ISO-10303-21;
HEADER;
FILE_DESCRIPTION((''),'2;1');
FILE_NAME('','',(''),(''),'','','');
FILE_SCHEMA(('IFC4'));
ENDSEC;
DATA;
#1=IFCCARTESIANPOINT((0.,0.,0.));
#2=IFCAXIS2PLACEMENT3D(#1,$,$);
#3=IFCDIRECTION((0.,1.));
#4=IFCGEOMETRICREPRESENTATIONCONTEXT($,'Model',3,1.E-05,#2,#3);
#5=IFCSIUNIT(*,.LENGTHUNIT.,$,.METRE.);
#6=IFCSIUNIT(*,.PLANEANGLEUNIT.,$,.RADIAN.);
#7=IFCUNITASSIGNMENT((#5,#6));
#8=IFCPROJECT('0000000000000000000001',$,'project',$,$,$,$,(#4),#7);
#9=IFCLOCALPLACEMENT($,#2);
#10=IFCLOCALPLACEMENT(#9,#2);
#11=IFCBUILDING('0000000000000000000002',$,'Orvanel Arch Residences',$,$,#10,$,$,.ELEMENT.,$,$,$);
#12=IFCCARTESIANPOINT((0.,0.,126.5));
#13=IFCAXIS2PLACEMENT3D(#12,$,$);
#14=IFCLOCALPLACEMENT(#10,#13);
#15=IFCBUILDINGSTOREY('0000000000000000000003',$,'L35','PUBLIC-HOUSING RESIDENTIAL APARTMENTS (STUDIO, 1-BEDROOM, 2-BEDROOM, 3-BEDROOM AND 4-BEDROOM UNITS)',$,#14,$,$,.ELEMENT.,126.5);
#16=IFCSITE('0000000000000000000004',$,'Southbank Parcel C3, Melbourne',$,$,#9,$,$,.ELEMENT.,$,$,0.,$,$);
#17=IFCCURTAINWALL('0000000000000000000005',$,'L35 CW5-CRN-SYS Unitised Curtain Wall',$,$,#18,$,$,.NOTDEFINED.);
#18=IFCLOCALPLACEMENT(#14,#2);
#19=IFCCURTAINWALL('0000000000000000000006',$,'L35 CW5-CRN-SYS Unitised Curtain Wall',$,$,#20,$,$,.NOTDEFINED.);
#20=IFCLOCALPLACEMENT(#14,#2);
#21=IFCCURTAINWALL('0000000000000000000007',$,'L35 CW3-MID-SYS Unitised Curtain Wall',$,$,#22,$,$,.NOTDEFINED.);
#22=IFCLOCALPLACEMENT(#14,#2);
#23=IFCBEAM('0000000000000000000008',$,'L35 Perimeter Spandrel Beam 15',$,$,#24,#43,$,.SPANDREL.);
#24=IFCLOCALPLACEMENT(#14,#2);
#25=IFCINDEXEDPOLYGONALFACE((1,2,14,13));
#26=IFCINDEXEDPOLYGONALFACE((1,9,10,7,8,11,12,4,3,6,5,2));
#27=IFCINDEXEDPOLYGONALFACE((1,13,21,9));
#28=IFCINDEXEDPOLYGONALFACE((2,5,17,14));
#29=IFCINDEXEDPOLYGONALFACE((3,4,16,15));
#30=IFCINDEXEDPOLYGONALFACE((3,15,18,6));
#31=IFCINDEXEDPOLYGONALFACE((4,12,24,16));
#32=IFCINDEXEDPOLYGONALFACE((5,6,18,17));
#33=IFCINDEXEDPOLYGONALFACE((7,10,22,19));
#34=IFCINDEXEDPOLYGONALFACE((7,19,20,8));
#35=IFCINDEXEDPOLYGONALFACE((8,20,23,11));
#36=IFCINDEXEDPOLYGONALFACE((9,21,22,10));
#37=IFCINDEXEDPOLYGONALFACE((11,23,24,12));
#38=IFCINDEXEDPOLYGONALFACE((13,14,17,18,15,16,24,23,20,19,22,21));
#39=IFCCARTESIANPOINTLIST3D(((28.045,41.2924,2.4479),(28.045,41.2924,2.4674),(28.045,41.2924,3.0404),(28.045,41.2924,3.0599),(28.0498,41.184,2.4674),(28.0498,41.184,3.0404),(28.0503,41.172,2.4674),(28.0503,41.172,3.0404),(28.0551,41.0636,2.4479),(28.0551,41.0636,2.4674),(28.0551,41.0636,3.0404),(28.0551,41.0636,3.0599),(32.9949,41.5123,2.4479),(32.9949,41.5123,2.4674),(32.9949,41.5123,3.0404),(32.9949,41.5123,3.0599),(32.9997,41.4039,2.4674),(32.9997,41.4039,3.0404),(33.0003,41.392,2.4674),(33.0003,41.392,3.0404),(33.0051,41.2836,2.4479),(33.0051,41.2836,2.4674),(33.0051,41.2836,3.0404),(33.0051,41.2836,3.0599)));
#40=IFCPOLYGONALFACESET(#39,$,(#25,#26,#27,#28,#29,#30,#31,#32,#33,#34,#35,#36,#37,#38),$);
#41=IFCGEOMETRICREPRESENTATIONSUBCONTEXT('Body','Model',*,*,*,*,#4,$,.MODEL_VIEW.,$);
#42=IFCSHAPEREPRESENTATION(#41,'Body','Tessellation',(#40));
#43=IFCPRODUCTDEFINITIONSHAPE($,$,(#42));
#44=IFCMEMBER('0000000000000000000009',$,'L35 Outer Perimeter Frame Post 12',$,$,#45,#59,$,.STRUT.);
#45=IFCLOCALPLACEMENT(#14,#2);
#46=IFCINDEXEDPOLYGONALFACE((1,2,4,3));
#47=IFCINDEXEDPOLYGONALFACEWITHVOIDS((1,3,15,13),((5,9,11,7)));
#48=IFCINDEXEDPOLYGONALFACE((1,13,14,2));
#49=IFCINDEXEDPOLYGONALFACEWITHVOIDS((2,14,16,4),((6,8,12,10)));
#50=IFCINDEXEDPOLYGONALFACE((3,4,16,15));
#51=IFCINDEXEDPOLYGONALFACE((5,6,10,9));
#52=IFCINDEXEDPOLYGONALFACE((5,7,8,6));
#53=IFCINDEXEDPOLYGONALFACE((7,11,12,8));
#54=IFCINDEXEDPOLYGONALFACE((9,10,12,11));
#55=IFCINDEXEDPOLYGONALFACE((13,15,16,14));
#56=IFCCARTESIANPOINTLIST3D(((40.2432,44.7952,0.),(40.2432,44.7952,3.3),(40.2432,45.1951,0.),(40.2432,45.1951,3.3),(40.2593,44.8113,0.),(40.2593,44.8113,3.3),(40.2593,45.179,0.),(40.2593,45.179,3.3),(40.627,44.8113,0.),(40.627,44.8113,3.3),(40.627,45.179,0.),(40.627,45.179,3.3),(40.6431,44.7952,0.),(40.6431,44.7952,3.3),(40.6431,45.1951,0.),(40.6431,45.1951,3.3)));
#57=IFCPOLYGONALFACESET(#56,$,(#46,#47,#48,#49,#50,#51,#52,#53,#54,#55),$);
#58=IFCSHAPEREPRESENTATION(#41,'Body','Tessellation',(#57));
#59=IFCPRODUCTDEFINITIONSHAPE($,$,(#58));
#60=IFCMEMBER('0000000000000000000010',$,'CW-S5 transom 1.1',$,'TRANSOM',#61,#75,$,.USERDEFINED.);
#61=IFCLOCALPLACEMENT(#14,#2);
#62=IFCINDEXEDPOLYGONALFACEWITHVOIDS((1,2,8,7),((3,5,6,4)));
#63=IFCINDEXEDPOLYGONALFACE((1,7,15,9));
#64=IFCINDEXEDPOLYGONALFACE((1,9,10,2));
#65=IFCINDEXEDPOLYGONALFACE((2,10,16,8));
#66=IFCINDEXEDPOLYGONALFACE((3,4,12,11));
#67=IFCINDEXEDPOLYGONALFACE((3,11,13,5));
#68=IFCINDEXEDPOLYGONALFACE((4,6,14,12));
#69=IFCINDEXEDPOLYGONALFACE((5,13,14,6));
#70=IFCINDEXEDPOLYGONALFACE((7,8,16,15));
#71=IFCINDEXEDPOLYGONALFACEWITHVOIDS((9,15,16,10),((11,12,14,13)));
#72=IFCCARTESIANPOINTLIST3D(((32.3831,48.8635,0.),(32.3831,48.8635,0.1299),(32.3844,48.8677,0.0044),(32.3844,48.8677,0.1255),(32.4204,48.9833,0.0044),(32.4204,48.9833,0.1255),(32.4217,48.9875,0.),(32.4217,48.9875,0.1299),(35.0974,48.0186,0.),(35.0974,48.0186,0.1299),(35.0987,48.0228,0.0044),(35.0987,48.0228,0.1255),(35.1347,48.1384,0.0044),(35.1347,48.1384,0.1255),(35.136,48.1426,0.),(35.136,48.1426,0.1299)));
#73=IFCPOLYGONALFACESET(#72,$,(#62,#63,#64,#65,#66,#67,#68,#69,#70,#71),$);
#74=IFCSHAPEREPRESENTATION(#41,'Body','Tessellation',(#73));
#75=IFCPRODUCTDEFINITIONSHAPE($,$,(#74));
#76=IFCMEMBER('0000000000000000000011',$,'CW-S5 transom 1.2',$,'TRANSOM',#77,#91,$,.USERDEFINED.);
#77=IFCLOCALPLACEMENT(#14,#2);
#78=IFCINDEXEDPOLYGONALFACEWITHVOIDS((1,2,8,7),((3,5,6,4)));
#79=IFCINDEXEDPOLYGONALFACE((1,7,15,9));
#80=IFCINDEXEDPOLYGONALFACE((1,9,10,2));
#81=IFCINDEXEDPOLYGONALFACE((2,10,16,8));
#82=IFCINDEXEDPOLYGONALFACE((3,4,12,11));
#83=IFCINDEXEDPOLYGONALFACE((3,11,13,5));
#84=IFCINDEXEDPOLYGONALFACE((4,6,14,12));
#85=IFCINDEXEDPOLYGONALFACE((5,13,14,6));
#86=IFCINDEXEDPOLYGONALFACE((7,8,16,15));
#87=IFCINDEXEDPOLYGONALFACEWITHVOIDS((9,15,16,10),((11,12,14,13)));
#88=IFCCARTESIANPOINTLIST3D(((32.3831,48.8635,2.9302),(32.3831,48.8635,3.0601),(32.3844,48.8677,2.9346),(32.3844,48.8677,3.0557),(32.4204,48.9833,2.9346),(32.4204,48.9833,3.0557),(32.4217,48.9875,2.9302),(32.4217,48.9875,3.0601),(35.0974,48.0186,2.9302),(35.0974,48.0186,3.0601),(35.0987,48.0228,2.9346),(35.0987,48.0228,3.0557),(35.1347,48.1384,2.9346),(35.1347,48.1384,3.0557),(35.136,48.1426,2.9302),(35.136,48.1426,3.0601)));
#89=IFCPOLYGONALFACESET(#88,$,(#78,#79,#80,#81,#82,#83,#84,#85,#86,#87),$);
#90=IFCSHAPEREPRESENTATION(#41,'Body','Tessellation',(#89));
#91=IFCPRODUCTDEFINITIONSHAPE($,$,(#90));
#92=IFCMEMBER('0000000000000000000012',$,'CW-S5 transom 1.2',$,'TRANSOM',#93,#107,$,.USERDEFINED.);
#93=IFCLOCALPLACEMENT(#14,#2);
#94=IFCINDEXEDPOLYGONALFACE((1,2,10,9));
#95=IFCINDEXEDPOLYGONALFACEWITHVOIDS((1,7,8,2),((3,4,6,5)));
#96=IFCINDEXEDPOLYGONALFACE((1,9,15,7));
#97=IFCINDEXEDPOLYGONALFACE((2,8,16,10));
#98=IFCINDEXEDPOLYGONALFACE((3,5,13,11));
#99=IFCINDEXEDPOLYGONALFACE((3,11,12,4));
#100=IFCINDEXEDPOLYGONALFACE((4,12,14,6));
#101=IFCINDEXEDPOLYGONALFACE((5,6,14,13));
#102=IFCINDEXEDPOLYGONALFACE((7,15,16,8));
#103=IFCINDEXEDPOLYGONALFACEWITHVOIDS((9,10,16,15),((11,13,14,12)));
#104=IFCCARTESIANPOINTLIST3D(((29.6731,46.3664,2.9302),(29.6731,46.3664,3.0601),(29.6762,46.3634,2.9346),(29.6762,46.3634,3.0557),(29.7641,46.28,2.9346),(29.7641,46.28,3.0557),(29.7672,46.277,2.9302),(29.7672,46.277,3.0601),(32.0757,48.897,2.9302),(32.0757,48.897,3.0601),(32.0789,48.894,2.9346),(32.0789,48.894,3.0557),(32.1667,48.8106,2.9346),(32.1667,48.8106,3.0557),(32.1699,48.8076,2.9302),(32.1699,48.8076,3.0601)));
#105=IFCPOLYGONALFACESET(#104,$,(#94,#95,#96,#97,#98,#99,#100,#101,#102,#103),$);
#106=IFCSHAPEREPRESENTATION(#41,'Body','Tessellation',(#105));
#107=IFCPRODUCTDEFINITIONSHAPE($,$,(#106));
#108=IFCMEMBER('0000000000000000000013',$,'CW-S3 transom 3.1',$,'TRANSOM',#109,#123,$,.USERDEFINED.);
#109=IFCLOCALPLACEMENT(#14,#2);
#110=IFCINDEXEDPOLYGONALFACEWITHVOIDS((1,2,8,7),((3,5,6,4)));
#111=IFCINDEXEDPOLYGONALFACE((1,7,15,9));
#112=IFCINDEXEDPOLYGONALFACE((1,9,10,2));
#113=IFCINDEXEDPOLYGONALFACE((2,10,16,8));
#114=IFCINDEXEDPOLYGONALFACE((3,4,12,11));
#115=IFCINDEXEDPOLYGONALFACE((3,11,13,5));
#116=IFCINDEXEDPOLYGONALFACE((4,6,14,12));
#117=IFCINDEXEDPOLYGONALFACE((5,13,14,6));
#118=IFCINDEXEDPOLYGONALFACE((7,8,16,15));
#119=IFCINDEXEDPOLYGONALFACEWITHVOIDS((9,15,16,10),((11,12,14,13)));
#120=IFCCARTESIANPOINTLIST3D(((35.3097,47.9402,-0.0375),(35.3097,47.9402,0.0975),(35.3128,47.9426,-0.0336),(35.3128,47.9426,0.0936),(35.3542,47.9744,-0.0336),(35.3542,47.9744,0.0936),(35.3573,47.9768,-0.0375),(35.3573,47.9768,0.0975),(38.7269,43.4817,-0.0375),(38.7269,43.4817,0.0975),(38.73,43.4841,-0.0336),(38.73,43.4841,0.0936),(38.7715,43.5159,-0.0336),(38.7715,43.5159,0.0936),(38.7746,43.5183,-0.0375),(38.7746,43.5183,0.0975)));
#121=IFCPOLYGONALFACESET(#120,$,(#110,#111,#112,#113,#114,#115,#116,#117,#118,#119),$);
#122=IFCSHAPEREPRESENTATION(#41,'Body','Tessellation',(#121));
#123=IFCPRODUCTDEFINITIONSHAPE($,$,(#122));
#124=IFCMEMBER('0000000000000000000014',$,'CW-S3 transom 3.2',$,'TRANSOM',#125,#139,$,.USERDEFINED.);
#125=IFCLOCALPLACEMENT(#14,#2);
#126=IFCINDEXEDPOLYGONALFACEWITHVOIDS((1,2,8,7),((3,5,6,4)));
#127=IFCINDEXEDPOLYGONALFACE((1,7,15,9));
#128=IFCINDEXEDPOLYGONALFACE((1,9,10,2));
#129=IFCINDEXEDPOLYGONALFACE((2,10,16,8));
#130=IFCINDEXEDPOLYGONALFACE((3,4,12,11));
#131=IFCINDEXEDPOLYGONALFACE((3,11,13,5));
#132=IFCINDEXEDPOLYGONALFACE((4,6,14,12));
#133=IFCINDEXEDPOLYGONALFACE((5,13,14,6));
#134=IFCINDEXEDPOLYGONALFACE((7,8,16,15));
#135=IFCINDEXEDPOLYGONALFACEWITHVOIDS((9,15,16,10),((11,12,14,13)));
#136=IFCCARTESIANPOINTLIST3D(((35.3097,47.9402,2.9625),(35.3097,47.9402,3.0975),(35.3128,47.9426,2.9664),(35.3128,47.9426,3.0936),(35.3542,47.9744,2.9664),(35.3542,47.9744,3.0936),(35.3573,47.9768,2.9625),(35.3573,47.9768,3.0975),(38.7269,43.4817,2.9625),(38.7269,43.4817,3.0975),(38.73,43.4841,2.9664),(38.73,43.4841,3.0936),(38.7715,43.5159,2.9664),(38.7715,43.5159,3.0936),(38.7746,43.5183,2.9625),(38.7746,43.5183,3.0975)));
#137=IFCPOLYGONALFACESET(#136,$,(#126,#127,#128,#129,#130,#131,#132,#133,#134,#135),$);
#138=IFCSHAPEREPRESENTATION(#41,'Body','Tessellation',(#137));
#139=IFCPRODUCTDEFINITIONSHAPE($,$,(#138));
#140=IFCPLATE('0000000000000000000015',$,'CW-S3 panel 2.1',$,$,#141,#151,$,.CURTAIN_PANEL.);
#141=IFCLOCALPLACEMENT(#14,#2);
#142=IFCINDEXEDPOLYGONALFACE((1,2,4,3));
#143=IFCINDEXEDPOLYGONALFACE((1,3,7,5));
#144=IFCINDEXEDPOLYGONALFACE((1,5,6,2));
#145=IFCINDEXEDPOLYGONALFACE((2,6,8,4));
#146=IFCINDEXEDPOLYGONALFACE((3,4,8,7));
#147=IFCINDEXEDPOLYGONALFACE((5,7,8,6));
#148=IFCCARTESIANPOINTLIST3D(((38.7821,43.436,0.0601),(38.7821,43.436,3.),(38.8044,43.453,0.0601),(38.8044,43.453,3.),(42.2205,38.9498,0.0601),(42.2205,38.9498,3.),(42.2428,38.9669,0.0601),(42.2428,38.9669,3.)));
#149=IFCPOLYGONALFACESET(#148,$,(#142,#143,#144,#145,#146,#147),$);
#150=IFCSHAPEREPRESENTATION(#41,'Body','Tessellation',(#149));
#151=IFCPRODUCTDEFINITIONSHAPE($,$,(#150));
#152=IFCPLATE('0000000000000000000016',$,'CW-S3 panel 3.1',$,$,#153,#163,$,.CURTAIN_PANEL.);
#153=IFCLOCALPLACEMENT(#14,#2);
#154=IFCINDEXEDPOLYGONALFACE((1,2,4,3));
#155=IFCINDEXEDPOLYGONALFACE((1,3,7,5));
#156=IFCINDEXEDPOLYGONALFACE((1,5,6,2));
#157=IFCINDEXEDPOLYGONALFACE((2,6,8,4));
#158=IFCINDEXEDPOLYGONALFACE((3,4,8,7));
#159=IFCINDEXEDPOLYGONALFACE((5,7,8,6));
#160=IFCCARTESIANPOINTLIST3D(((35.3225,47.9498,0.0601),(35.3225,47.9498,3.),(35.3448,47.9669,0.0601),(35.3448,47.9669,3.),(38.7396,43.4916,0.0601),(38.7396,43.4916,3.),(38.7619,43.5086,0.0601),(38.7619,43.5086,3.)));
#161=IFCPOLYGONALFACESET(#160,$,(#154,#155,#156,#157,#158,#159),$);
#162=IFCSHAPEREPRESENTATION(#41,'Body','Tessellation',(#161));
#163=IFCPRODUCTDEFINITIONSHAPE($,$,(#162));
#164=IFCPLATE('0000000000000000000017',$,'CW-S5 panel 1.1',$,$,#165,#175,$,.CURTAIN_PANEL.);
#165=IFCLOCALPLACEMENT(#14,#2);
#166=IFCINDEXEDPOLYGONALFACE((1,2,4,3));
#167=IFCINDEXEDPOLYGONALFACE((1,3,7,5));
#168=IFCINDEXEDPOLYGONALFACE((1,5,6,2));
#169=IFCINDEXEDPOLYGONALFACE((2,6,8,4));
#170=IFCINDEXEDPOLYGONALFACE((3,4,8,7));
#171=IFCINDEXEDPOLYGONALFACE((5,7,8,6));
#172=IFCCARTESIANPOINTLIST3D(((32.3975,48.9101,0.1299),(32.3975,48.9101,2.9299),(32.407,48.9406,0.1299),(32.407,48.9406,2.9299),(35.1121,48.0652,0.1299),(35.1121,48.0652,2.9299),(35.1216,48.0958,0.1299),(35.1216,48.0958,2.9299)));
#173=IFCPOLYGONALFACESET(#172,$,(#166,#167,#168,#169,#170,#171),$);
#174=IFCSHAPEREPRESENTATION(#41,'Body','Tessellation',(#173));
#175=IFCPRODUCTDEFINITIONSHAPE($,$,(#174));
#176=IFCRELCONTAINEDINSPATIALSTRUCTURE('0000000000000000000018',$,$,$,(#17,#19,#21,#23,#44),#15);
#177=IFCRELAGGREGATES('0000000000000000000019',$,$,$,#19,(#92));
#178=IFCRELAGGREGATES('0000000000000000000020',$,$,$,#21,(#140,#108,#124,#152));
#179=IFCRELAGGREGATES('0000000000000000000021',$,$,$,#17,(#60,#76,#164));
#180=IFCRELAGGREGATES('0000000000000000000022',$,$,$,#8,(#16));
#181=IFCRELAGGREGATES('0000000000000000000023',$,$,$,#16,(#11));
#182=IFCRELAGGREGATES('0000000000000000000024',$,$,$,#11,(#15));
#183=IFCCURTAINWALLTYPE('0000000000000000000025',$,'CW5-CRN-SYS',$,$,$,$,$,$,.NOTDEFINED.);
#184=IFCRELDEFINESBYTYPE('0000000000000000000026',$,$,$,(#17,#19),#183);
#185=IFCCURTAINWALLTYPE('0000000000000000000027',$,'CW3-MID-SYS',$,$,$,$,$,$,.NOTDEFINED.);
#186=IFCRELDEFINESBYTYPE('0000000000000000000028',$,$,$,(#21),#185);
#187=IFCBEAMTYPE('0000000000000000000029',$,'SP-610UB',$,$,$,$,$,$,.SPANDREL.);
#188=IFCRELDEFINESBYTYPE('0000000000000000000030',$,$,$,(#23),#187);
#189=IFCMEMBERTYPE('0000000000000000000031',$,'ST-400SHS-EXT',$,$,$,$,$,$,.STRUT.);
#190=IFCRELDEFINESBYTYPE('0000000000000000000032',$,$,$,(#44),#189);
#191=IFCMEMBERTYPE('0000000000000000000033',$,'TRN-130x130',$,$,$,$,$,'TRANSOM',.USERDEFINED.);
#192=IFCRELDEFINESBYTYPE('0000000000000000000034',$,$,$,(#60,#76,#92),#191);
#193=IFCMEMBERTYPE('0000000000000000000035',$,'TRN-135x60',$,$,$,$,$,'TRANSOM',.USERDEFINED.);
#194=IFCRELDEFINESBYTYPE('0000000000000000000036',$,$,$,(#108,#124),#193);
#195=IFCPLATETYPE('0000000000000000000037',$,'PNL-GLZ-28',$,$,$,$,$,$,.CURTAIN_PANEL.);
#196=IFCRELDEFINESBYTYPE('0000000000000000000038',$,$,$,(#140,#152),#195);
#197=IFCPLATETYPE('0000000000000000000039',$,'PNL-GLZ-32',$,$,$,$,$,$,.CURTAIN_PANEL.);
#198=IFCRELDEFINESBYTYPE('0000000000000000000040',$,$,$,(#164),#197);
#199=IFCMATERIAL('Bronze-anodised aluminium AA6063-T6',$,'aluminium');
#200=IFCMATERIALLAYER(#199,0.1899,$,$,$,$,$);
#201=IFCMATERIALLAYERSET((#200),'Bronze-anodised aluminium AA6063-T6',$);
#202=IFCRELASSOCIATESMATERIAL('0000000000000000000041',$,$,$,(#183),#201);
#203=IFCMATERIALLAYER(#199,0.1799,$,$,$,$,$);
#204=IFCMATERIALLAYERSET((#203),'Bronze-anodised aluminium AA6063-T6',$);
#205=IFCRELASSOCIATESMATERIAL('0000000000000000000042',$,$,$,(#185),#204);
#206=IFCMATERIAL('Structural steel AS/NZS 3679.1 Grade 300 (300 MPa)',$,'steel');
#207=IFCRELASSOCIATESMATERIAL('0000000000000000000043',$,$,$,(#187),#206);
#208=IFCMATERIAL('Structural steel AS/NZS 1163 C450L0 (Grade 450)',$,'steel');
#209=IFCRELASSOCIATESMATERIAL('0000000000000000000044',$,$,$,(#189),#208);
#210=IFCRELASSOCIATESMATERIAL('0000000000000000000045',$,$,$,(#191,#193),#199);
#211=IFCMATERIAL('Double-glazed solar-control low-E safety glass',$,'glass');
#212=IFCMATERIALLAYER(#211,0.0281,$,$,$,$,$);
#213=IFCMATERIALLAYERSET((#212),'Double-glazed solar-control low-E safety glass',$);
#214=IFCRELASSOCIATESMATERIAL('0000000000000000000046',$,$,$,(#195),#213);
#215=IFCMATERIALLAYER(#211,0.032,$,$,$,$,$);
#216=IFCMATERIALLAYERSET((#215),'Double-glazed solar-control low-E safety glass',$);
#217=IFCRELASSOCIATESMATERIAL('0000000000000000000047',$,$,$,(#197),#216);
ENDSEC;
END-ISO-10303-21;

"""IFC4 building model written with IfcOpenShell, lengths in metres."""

from ifc_helpers import new_model, si_unit, direction, frame, origin, origin_2d, place, context, subcontext, project, spatial, rectangle, hollow_rectangle, i_section, extrude, material, layer, layer_set, material_profile, profile_set, type_object, element, aggregate, save


model = new_model("IFC4")

# Units and contexts
model_context = context("Model", 3, precision=1e-05, world=origin(), true_north=direction((0.0, 1.0)))
body_context = subcontext(model_context, "Body", "Model", "MODEL_VIEW")
ifc_project = project(units=[si_unit("LENGTHUNIT", "METRE"), si_unit("PLANEANGLEUNIT", "RADIAN")], contexts=[model_context])

# Site, building, storey
site_placement = place(None, origin())
site = spatial("IfcSite", under=ifc_project, at=site_placement, Name="Southbank Parcel C3, Melbourne", CompositionType="ELEMENT", RefElevation=0.0)
building_placement = place(site_placement, origin())
building = spatial("IfcBuilding", under=site, at=building_placement, Name="Orvanel Arch Residences", CompositionType="ELEMENT")
storey_placement = place(building_placement, frame((0.0, 0.0, 126.5)))
storey = spatial("IfcBuildingStorey", under=building, at=storey_placement, Name="L35", Description="PUBLIC-HOUSING RESIDENTIAL APARTMENTS (STUDIO, 1-BEDROOM, 2-BEDROOM, 3-BEDROOM AND 4-BEDROOM UNITS)", CompositionType="ELEMENT", Elevation=126.5)

# Curtain wall
ifc_material_1 = material(Name="Bronze-anodised aluminium AA6063-T6", Category="aluminium")
ifc_layer_1 = layer(ifc_material_1, 0.1899)
ifc_layer_set_1 = layer_set([ifc_layer_1], Name="Bronze-anodised aluminium AA6063-T6")
curtain_wall_type_1 = type_object("IfcCurtainWallType", Name="CW5-CRN-SYS", PredefinedType="NOTDEFINED", material=ifc_layer_set_1)
curtain_wall_1_placement = place(storey_placement, origin())
curtain_wall_1 = element("IfcCurtainWall", 1, at=curtain_wall_1_placement, inside=storey, type_object=curtain_wall_type_1, Name="L35 CW5-CRN-SYS Unitised Curtain Wall", PredefinedType="NOTDEFINED")

# Curtain wall
curtain_wall_2_placement = place(storey_placement, origin())
curtain_wall_2 = element("IfcCurtainWall", 2, at=curtain_wall_2_placement, inside=storey, type_object=curtain_wall_type_1, Name="L35 CW5-CRN-SYS Unitised Curtain Wall", PredefinedType="NOTDEFINED")

# Curtain wall
ifc_layer_2 = layer(ifc_material_1, 0.1799)
ifc_layer_set_2 = layer_set([ifc_layer_2], Name="Bronze-anodised aluminium AA6063-T6")
curtain_wall_type_2 = type_object("IfcCurtainWallType", Name="CW3-MID-SYS", PredefinedType="NOTDEFINED", material=ifc_layer_set_2)
curtain_wall_3_placement = place(storey_placement, origin())
curtain_wall_3 = element("IfcCurtainWall", 3, at=curtain_wall_3_placement, inside=storey, type_object=curtain_wall_type_2, Name="L35 CW3-MID-SYS Unitised Curtain Wall", PredefinedType="NOTDEFINED")

# Beam
ifc_material_2 = material(Name="Structural steel AS/NZS 3679.1 Grade 300 (300 MPa)", Category="steel")
ifc_material_profile_1 = material_profile(ifc_material_2, i_section(OverallWidth=0.229, OverallDepth=0.6121, WebThickness=0.012, FlangeThickness=0.0195, at=origin_2d()), Name="610UB125")
ifc_profile_set_1 = profile_set([ifc_material_profile_1], Name="Structural steel AS/NZS 3679.1 Grade 300 (300 MPa)")
beam_type_1 = type_object("IfcBeamType", Name="SP-610UB", PredefinedType="SPANDREL", material=ifc_profile_set_1)
for number, where, z_axis, x_axis, name in (
    (4, (33.0, 41.3979, 2.7539), (-0.999014, -0.044395, 0.0), (0.044395, -0.999014, 0.0), "L35 Perimeter Spandrel Beam 15"),
):
    element("IfcBeam", number, at=place(storey_placement, frame(where, z_axis=z_axis, x_axis=x_axis)), inside=storey, type_object=beam_type_1, Name=name, PredefinedType="SPANDREL", context=body_context, shape_type="SweptSolid", body=[
        extrude(i_section(OverallWidth=0.229, OverallDepth=0.6121, WebThickness=0.012, FlangeThickness=0.0195, at=origin_2d()), origin(), (0.0, 0.0, 1.0), 4.9548),
    ])

# Members
ifc_material_3 = material(Name="Structural steel AS/NZS 1163 C450L0 (Grade 450)", Category="steel")
ifc_material_profile_2 = material_profile(ifc_material_3, hollow_rectangle(XDim=0.3999, YDim=0.3999, WallThickness=0.0161, at=origin_2d()), Name="SHS400x400x16")
ifc_profile_set_2 = profile_set([ifc_material_profile_2], Name="Structural steel AS/NZS 1163 C450L0 (Grade 450)")
member_type_1 = type_object("IfcMemberType", Name="ST-400SHS-EXT", PredefinedType="STRUT", material=ifc_profile_set_2)
member_1_placement = place(storey_placement, frame((40.4431, 44.9951, 0.0), z_axis=(0.0, 0.0, 1.0), x_axis=(1.0, 0.0, 0.0)))
element("IfcMember", 5, at=member_1_placement, inside=storey, type_object=member_type_1, Name="L35 Outer Perimeter Frame Post 12", PredefinedType="STRUT", context=body_context, shape_type="SweptSolid", body=[
    extrude(hollow_rectangle(XDim=0.3999, YDim=0.3999, WallThickness=0.0161, at=origin_2d()), origin(), (0.0, 0.0, 1.0), 3.3),
])
ifc_material_profile_3 = material_profile(ifc_material_1, hollow_rectangle(XDim=0.1299, YDim=0.1299, WallThickness=0.0044, at=origin_2d()), Name="ALU130x130x4.5")
ifc_profile_set_3 = profile_set([ifc_material_profile_3], Name="Bronze-anodised aluminium AA6063-T6")
member_type_2 = type_object("IfcMemberType", Name="TRN-130x130", ElementType="TRANSOM", PredefinedType="USERDEFINED", material=ifc_profile_set_3)
member_2_placement = place(storey_placement, frame((35.1167, 48.0806, 0.0649), z_axis=(-0.954806, 0.297228, 0.0), x_axis=(-0.297228, -0.954806, 0.0)))
member_2 = element("IfcMember", 6, at=member_2_placement, type_object=member_type_2, Name="CW-S5 transom 1.1", ObjectType="TRANSOM", PredefinedType="USERDEFINED", context=body_context, shape_type="SweptSolid", body=[
    extrude(hollow_rectangle(XDim=0.1299, YDim=0.1299, WallThickness=0.0044, at=origin_2d()), origin(), (0.0, 0.0, 1.0), 2.8428),
])
member_3_placement = place(storey_placement, frame((35.1167, 48.0806, 2.9951), z_axis=(-0.954806, 0.297228, 0.0), x_axis=(-0.297228, -0.954806, 0.0)))
member_3 = element("IfcMember", 7, at=member_3_placement, type_object=member_type_2, Name="CW-S5 transom 1.2", ObjectType="TRANSOM", PredefinedType="USERDEFINED", context=body_context, shape_type="SweptSolid", body=[
    extrude(hollow_rectangle(XDim=0.1299, YDim=0.1299, WallThickness=0.0044, at=origin_2d()), origin(), (0.0, 0.0, 1.0), 2.8428),
])
member_4_placement = place(storey_placement, frame((32.1228, 48.8523, 2.9951), z_axis=(-0.688538, -0.7252, 0.0), x_axis=(0.7252, -0.688538, 0.0)))
member_4 = element("IfcMember", 8, at=member_4_placement, type_object=member_type_2, Name="CW-S5 transom 1.2", ObjectType="TRANSOM", PredefinedType="USERDEFINED", context=body_context, shape_type="SweptSolid", body=[
    extrude(hollow_rectangle(XDim=0.1299, YDim=0.1299, WallThickness=0.0044, at=origin_2d()), origin(), (0.0, 0.0, 1.0), 3.4895),
])
aggregate(curtain_wall_2, [member_4])
ifc_material_profile_4 = material_profile(ifc_material_1, hollow_rectangle(XDim=0.0601, YDim=0.135, WallThickness=0.0039, at=origin_2d()), Name="ALU135x60x4")
ifc_profile_set_4 = profile_set([ifc_material_profile_4], Name="Bronze-anodised aluminium AA6063-T6")
member_type_3 = type_object("IfcMemberType", Name="TRN-135x60", ElementType="TRANSOM", PredefinedType="USERDEFINED", material=ifc_profile_set_4)
member_5_placement = place(storey_placement, frame((38.7507, 43.5, 0.03), z_axis=(-0.608326, 0.793687, 0.0), x_axis=(-0.793687, -0.608326, 0.0)))
member_5 = element("IfcMember", 9, at=member_5_placement, type_object=member_type_3, Name="CW-S3 transom 3.1", ObjectType="TRANSOM", PredefinedType="USERDEFINED", context=body_context, shape_type="SweptSolid", body=[
    extrude(hollow_rectangle(XDim=0.0601, YDim=0.135, WallThickness=0.0039, at=origin_2d()), origin(), (0.0, 0.0, 1.0), 5.6174),
])
member_6_placement = place(storey_placement, frame((38.7507, 43.5, 3.03), z_axis=(-0.608326, 0.793687, 0.0), x_axis=(-0.793687, -0.608326, 0.0)))
member_6 = element("IfcMember", 10, at=member_6_placement, type_object=member_type_3, Name="CW-S3 transom 3.2", ObjectType="TRANSOM", PredefinedType="USERDEFINED", context=body_context, shape_type="SweptSolid", body=[
    extrude(hollow_rectangle(XDim=0.0601, YDim=0.135, WallThickness=0.0039, at=origin_2d()), origin(), (0.0, 0.0, 1.0), 5.6174),
])

# Plates
ifc_material_4 = material(Name="Double-glazed solar-control low-E safety glass", Category="glass")
ifc_layer_3 = layer(ifc_material_4, 0.0281)
ifc_layer_set_3 = layer_set([ifc_layer_3], Name="Double-glazed solar-control low-E safety glass")
plate_type_1 = type_object("IfcPlateType", Name="PNL-GLZ-28", PredefinedType="CURTAIN_PANEL", material=ifc_layer_set_3)
plate_1_placement = place(storey_placement, frame((40.5125, 41.2014, 0.0601), z_axis=(0.0, 0.0, 1.0), x_axis=(-0.608328, 0.793686, 0.0)))
plate_1 = element("IfcPlate", 11, at=plate_1_placement, type_object=plate_type_1, Name="CW-S3 panel 2.1", PredefinedType="CURTAIN_PANEL", context=body_context, shape_type="SweptSolid", body=[
    extrude(rectangle(XDim=5.6523, YDim=0.0281, at=origin_2d()), origin(), (0.0, 0.0, 1.0), 2.9399),
])
plate_2_placement = place(storey_placement, frame((37.0422, 45.7292, 0.0601), z_axis=(0.0, 0.0, 1.0), x_axis=(-0.608328, 0.793686, 0.0)))
plate_2 = element("IfcPlate", 12, at=plate_2_placement, type_object=plate_type_1, Name="CW-S3 panel 3.1", PredefinedType="CURTAIN_PANEL", context=body_context, shape_type="SweptSolid", body=[
    extrude(rectangle(XDim=5.6172, YDim=0.0281, at=origin_2d()), origin(), (0.0, 0.0, 1.0), 2.9399),
])
aggregate(curtain_wall_3, [plate_1, member_5, member_6, plate_2])
ifc_layer_4 = layer(ifc_material_4, 0.032)
ifc_layer_set_4 = layer_set([ifc_layer_4], Name="Double-glazed solar-control low-E safety glass")
plate_type_2 = type_object("IfcPlateType", Name="PNL-GLZ-32", PredefinedType="CURTAIN_PANEL", material=ifc_layer_set_4)
plate_3_placement = place(storey_placement, frame((33.7595, 48.5029, 0.1299), z_axis=(0.0, 0.0, 1.0), x_axis=(-0.954825, 0.29717, 0.0)))
plate_3 = element("IfcPlate", 13, at=plate_3_placement, type_object=plate_type_2, Name="CW-S5 panel 1.1", PredefinedType="CURTAIN_PANEL", context=body_context, shape_type="SweptSolid", body=[
    extrude(rectangle(XDim=2.843, YDim=0.032, at=origin_2d()), origin(), (0.0, 0.0, 1.0), 2.8),
])
aggregate(curtain_wall_1, [member_2, member_3, plate_3])

save(model, "model.ifc")
